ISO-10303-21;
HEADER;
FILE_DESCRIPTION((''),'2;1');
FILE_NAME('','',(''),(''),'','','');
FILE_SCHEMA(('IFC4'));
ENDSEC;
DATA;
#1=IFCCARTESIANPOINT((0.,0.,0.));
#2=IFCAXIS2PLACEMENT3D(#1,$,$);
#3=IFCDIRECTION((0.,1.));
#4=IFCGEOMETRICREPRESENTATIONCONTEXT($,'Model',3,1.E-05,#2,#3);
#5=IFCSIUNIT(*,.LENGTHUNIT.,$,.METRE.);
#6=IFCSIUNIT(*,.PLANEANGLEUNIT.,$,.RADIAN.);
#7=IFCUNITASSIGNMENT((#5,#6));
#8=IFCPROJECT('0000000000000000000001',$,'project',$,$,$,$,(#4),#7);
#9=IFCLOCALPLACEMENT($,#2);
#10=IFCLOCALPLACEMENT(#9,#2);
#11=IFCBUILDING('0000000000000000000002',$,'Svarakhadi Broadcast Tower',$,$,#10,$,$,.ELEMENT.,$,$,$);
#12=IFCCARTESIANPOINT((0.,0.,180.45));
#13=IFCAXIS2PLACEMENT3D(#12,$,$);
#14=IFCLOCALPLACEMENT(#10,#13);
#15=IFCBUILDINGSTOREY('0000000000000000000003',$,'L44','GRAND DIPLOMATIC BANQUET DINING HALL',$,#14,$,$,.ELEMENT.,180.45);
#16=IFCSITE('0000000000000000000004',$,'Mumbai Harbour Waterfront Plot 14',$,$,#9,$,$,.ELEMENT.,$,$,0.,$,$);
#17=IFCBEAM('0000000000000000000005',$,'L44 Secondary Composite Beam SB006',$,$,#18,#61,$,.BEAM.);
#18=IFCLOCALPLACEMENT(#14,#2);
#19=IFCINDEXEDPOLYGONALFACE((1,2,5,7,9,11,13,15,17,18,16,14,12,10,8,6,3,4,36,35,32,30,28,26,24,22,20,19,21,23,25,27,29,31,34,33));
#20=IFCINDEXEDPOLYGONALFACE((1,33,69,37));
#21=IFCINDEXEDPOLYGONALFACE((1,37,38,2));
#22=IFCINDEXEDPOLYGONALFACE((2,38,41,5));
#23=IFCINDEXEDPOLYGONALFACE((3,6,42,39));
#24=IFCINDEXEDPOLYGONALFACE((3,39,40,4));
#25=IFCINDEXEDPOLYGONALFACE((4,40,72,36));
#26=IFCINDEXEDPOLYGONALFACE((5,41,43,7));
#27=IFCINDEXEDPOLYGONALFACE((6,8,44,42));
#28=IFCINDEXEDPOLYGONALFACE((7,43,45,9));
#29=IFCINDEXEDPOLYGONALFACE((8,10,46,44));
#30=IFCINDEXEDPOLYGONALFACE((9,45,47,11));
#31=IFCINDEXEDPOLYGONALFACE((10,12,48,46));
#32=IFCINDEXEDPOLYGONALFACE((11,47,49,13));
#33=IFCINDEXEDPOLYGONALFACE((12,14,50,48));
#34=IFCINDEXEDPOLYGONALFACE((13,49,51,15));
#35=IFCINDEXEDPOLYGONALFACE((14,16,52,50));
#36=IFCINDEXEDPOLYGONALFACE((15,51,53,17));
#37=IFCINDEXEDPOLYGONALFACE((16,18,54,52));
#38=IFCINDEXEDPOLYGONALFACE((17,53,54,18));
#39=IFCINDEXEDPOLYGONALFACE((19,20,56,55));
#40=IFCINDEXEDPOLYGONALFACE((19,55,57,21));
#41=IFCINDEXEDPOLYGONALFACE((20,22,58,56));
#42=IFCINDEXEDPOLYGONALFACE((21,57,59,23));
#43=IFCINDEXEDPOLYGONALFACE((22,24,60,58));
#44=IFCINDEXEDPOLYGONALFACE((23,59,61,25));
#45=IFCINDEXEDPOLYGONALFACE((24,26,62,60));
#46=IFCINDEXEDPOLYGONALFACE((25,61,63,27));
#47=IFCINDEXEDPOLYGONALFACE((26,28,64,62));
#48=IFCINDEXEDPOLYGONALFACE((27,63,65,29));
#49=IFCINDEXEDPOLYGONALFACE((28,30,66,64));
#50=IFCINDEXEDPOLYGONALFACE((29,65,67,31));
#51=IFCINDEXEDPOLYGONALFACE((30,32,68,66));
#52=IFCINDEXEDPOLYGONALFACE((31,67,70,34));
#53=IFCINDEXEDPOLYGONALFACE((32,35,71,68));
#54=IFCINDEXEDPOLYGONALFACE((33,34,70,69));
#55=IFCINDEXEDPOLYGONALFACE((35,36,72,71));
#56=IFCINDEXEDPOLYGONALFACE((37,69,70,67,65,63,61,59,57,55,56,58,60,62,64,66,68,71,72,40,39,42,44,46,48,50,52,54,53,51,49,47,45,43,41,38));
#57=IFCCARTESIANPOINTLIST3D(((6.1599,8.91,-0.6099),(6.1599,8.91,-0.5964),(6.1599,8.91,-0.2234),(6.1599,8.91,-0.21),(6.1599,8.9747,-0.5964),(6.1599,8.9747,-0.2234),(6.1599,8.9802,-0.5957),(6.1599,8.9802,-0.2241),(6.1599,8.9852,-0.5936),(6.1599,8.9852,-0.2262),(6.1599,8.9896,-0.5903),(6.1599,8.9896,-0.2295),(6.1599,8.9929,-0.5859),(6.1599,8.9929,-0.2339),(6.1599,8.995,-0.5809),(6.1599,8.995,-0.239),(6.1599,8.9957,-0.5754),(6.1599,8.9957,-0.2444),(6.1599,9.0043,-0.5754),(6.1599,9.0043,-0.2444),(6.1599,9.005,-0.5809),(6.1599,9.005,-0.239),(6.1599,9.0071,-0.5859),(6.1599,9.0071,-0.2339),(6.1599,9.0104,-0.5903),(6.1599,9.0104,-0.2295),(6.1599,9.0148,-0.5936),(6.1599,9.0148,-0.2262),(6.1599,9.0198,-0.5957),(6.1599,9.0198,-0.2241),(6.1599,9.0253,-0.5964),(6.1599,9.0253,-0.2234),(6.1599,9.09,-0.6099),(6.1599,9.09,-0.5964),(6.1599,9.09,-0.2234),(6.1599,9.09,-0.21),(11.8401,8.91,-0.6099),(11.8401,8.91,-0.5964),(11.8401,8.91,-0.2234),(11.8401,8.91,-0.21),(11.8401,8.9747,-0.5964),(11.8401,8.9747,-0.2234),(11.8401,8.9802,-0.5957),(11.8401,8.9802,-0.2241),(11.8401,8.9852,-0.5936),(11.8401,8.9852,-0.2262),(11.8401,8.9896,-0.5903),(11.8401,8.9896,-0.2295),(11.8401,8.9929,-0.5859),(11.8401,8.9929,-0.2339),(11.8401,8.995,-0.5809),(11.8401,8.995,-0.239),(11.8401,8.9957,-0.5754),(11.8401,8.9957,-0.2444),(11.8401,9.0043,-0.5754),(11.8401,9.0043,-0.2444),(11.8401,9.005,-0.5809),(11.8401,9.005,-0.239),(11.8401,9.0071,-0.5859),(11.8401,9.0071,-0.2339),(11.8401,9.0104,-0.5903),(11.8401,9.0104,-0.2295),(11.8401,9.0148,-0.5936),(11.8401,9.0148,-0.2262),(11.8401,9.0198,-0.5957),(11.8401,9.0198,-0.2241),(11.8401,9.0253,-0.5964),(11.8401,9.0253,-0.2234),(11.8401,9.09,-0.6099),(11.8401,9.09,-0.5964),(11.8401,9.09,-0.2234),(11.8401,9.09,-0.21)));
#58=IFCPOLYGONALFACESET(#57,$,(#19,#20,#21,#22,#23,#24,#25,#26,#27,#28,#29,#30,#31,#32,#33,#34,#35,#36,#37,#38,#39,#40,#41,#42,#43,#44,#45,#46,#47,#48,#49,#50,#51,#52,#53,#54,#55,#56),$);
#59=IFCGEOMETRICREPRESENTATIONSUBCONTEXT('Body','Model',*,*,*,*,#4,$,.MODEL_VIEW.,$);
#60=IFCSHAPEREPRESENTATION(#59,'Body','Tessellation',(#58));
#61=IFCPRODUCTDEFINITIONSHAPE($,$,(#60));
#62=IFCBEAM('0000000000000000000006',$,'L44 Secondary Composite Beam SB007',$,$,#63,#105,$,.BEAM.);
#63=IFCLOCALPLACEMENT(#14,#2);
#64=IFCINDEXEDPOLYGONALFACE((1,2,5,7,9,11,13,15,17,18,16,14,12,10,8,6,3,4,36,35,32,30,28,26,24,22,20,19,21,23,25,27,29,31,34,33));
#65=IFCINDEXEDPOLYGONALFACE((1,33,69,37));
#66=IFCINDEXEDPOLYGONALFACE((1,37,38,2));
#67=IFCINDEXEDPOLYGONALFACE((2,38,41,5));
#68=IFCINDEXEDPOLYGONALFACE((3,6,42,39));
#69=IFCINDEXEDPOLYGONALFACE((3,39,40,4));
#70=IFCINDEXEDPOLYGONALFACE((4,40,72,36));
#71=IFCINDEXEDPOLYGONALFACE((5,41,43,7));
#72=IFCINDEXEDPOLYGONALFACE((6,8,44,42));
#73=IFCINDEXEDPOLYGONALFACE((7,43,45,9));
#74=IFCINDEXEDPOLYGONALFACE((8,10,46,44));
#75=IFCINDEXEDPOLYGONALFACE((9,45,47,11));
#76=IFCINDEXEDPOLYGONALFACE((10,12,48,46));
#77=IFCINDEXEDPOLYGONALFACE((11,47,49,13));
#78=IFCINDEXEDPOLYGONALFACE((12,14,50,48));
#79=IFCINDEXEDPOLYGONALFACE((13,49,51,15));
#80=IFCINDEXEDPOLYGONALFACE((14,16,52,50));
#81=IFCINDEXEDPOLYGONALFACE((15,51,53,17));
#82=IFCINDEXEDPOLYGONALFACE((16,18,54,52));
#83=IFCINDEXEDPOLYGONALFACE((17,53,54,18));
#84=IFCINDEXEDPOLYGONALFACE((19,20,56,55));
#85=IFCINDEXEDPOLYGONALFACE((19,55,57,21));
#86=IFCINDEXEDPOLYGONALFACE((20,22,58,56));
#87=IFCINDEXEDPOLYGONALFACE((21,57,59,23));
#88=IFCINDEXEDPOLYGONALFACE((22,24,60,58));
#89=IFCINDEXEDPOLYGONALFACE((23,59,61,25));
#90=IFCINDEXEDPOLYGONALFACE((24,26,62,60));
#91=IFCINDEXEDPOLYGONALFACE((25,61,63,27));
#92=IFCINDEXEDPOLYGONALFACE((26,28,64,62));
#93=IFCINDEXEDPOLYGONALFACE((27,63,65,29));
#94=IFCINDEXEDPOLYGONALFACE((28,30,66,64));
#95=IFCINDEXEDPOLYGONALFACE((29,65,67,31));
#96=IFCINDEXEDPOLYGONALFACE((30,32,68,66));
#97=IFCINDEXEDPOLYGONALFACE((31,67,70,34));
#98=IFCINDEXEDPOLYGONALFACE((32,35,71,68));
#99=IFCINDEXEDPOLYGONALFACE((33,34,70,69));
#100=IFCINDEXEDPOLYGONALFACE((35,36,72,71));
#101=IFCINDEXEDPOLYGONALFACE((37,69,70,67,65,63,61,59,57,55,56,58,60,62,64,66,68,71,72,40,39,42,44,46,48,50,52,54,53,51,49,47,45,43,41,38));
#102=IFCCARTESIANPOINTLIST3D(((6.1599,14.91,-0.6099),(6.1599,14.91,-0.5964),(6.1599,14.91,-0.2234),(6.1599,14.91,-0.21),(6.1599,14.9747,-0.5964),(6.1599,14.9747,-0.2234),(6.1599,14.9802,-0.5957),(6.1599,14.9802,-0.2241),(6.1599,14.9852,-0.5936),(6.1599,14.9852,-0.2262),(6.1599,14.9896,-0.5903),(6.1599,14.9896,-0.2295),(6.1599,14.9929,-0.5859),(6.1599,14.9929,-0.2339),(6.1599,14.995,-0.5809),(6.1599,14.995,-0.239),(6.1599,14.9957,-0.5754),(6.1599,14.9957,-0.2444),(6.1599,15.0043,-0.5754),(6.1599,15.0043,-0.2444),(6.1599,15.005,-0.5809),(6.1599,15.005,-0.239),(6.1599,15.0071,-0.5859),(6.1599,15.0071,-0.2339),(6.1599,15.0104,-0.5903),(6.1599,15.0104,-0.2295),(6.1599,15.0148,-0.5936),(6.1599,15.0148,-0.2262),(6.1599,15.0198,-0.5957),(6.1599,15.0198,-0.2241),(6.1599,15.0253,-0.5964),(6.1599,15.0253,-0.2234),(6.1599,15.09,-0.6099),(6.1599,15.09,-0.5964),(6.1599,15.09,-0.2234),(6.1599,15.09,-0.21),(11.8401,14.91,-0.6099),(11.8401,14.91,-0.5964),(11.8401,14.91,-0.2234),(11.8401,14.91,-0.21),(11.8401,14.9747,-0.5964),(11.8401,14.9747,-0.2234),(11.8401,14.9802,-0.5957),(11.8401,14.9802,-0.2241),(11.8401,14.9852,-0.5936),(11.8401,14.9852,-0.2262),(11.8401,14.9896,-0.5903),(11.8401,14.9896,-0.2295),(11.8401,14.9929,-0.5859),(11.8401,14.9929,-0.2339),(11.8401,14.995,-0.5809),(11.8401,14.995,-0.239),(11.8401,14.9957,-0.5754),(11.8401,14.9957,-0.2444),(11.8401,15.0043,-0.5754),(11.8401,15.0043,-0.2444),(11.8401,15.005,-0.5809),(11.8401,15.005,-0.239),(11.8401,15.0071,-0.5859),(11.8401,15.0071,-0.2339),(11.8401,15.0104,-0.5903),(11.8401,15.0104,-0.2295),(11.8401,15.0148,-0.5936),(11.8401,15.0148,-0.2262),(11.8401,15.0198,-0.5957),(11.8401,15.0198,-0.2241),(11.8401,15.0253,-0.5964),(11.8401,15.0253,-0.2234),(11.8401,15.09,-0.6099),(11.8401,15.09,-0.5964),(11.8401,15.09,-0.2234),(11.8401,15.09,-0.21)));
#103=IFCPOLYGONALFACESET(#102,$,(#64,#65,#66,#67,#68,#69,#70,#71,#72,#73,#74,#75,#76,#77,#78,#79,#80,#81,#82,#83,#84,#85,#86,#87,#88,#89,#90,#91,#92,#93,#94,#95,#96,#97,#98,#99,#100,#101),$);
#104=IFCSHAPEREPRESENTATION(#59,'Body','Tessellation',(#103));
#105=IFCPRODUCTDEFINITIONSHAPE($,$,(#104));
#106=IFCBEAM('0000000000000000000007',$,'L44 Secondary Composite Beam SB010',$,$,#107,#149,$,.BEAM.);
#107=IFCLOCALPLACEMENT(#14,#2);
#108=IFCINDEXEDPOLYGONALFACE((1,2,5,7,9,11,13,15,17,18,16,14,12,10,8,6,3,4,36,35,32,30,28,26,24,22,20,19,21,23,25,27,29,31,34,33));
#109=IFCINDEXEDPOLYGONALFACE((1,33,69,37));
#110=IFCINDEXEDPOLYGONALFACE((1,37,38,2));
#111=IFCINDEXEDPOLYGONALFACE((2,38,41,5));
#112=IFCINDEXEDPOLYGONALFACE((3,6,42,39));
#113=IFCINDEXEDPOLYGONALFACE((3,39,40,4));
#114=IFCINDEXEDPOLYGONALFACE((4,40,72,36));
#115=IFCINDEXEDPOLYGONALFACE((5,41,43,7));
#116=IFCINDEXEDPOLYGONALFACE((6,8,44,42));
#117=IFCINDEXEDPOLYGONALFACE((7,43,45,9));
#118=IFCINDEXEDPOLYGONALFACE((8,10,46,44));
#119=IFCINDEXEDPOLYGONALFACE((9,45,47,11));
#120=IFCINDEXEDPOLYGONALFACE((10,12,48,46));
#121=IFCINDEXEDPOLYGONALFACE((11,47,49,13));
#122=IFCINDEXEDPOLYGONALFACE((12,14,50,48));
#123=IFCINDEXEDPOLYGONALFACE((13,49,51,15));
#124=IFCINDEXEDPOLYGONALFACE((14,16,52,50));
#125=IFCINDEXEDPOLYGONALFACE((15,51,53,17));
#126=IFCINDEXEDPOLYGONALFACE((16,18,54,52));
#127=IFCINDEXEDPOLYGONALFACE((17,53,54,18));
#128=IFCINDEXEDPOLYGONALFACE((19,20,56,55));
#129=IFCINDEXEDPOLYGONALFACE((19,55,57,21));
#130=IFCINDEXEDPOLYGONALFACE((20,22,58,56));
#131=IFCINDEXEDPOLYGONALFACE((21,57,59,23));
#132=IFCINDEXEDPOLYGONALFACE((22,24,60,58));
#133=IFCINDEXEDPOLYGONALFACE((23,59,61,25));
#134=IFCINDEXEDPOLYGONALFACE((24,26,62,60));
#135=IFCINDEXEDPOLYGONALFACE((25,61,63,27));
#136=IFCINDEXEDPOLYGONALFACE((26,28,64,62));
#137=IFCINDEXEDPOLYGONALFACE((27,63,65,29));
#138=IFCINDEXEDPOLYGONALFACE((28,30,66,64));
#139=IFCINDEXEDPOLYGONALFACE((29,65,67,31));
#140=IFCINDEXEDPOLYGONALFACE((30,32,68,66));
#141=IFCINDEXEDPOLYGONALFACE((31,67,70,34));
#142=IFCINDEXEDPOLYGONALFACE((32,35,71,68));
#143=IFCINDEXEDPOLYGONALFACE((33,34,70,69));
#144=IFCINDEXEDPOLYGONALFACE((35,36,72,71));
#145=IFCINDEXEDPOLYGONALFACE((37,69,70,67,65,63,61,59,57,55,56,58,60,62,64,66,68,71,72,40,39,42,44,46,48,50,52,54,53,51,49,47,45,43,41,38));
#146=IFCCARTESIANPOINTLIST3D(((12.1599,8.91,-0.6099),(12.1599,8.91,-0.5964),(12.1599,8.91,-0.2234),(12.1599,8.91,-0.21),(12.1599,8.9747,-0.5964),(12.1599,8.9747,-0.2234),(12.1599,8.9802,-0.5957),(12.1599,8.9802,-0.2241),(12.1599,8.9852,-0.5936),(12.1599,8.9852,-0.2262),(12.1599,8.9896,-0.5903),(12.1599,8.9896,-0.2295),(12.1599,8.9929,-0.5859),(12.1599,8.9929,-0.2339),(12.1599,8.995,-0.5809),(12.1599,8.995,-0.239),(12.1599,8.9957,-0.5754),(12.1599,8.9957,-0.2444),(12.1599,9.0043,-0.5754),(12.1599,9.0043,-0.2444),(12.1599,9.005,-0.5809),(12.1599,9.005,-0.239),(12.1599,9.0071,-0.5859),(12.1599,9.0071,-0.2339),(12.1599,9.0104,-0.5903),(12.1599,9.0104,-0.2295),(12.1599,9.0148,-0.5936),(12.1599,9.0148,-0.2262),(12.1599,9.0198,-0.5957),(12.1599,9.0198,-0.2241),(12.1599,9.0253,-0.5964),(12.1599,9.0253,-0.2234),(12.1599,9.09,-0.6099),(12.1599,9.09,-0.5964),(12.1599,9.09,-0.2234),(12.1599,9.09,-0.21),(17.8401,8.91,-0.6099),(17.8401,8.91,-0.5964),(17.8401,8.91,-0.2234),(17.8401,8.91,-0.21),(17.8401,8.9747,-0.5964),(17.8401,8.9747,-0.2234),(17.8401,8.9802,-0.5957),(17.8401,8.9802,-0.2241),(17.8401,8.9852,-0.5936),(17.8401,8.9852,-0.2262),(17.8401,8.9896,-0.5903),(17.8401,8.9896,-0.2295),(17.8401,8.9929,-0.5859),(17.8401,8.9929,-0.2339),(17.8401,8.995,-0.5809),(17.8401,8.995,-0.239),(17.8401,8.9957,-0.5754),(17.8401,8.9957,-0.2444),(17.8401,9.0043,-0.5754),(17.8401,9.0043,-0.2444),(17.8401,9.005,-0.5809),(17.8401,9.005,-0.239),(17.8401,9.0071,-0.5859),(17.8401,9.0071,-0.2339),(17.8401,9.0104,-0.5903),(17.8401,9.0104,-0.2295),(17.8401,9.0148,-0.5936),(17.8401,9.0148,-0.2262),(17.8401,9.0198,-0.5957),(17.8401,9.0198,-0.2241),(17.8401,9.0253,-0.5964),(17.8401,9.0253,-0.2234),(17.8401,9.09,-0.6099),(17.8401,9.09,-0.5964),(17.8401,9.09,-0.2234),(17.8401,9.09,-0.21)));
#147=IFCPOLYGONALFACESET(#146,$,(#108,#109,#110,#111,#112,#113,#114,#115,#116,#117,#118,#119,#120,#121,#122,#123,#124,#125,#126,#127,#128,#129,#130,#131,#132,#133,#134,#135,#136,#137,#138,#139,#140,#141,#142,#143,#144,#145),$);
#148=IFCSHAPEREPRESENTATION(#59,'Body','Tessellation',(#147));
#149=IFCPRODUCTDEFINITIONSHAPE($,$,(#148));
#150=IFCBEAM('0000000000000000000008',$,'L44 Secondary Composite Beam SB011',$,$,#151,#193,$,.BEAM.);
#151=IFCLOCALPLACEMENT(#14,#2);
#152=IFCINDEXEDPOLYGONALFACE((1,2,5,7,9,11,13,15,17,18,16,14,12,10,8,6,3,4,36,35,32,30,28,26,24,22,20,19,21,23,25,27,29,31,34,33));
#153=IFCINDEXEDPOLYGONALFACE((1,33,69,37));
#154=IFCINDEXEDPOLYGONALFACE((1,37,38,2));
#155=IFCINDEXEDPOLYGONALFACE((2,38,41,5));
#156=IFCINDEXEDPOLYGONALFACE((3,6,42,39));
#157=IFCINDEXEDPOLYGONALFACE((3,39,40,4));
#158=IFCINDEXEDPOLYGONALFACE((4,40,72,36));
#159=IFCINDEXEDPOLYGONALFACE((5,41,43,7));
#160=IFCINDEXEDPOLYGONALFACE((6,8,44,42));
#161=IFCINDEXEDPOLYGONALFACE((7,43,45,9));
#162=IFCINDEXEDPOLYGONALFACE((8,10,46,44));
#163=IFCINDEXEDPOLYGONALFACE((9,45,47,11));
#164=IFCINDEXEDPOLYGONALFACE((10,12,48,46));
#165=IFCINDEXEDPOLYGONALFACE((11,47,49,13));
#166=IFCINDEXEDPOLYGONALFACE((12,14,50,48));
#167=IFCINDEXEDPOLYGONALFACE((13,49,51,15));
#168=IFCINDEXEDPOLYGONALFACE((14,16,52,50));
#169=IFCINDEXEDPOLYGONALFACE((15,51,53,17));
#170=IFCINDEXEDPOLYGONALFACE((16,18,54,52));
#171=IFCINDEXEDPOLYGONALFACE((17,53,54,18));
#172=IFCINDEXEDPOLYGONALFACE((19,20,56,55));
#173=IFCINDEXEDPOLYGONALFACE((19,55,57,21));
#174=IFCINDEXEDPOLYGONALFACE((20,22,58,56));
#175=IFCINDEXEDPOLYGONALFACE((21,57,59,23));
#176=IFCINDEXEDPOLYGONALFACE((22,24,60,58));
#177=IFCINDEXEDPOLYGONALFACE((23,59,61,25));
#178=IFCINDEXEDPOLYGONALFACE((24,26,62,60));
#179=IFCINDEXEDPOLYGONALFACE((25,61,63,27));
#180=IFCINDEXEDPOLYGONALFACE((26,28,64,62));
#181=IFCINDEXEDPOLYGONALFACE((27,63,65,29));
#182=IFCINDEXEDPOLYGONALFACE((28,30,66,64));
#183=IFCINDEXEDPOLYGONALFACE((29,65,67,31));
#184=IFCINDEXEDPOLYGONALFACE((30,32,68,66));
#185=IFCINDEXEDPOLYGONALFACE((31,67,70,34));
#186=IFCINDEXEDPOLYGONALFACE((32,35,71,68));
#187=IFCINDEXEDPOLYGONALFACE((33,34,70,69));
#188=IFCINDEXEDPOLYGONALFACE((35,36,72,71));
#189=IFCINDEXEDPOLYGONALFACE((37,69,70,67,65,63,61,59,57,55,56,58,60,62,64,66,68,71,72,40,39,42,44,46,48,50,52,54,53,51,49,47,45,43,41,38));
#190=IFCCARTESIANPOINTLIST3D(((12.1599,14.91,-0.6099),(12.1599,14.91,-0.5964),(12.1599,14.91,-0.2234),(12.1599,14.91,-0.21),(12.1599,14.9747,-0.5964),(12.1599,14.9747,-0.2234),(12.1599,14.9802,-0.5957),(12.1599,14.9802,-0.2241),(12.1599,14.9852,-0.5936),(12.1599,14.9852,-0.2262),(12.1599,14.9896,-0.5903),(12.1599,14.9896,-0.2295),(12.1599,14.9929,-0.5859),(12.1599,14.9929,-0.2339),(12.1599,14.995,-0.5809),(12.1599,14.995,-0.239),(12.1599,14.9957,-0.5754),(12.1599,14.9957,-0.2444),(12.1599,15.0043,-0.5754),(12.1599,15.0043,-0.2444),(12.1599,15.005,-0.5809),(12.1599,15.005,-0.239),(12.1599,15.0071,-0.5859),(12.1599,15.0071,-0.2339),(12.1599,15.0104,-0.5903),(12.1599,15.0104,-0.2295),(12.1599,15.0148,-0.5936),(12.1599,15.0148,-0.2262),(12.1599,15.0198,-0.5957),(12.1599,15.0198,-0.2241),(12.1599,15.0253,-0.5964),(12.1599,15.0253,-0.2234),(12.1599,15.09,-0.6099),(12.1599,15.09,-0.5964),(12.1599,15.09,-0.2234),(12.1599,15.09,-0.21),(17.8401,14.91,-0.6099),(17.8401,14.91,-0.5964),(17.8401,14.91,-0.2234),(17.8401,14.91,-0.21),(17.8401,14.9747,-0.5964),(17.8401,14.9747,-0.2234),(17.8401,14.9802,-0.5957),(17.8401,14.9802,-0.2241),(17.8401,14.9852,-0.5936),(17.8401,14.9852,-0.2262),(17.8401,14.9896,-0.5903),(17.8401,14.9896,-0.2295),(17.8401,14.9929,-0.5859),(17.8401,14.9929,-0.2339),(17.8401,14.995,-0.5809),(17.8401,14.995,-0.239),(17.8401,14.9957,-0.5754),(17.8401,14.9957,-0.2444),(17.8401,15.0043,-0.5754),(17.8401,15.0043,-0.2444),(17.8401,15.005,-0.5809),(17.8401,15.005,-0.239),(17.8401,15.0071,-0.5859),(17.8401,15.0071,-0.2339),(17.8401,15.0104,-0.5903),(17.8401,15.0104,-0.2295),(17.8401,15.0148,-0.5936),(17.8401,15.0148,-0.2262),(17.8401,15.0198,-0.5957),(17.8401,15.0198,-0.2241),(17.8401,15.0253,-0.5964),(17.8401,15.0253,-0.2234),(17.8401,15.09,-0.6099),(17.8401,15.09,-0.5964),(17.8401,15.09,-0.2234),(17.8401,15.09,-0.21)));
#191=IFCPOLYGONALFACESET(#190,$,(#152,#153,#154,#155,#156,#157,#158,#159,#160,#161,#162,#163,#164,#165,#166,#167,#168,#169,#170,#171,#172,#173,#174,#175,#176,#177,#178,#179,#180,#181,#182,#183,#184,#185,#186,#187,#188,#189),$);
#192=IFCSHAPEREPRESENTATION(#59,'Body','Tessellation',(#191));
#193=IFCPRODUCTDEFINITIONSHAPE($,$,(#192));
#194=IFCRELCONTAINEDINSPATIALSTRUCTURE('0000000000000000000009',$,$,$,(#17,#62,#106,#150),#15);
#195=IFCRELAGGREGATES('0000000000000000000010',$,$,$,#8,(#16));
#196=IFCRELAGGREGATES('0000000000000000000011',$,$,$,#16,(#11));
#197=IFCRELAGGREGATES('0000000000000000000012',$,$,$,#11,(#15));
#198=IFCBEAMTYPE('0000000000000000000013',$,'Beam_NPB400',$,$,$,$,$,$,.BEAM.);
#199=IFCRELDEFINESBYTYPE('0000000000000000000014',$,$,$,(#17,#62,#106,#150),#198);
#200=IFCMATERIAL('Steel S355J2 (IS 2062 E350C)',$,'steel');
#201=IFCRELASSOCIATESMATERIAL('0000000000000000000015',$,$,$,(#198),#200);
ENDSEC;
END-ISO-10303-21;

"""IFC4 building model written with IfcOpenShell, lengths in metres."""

from ifc_helpers import new_model, si_unit, direction, frame, origin, origin_2d, place, context, subcontext, project, spatial, i_section, extrude, material, material_profile, profile_set, type_object, element, save


model = new_model("IFC4")

# Units and contexts
model_context = context("Model", 3, precision=1e-05, world=origin(), true_north=direction((0.0, 1.0)))
body_context = subcontext(model_context, "Body", "Model", "MODEL_VIEW")
ifc_project = project(units=[si_unit("LENGTHUNIT", "METRE"), si_unit("PLANEANGLEUNIT", "RADIAN")], contexts=[model_context])

# Site, building, storey
site_placement = place(None, origin())
site = spatial("IfcSite", under=ifc_project, at=site_placement, Name="Mumbai Harbour Waterfront Plot 14", CompositionType="ELEMENT", RefElevation=0.0)
building_placement = place(site_placement, origin())
building = spatial("IfcBuilding", under=site, at=building_placement, Name="Svarakhadi Broadcast Tower", CompositionType="ELEMENT")
storey_placement = place(building_placement, frame((0.0, 0.0, 180.45)))
storey = spatial("IfcBuildingStorey", under=building, at=storey_placement, Name="L44", Description="GRAND DIPLOMATIC BANQUET DINING HALL", CompositionType="ELEMENT", Elevation=180.45)

# Beams
ifc_material_1 = material(Name="Steel S355J2 (IS 2062 E350C)", Category="steel")
ifc_material_profile_1 = material_profile(ifc_material_1, i_section(OverallWidth=0.1799, OverallDepth=0.3999, WebThickness=0.0085, FlangeThickness=0.0134, FilletRadius=0.021, at=origin_2d()), Name="NPB 400x180x66")
ifc_profile_set_1 = profile_set([ifc_material_profile_1], Name="Steel S355J2 (IS 2062 E350C)")
beam_type_1 = type_object("IfcBeamType", Name="Beam_NPB400", PredefinedType="BEAM", material=ifc_profile_set_1)
for number, where, z_axis, x_axis, name in (
    (1, (6.1599, 9.0, -0.4099), (1.0, 0.0, 0.0), (0.0, 1.0, 0.0), "L44 Secondary Composite Beam SB006"),
    (2, (6.1599, 15.0, -0.4099), (1.0, 0.0, 0.0), (0.0, 1.0, 0.0), "L44 Secondary Composite Beam SB007"),
    (3, (12.1599, 9.0, -0.4099), (1.0, 0.0, 0.0), (0.0, 1.0, 0.0), "L44 Secondary Composite Beam SB010"),
    (4, (12.1599, 15.0, -0.4099), (1.0, 0.0, 0.0), (0.0, 1.0, 0.0), "L44 Secondary Composite Beam SB011"),
):
    element("IfcBeam", number, at=place(storey_placement, frame(where, z_axis=z_axis, x_axis=x_axis)), inside=storey, type_object=beam_type_1, Name=name, PredefinedType="BEAM", context=body_context, shape_type="SweptSolid", body=[
        extrude(i_section(OverallWidth=0.1799, OverallDepth=0.3999, WebThickness=0.0085, FlangeThickness=0.0134, FilletRadius=0.021, at=origin_2d()), origin(), (0.0, 0.0, 1.0), 5.6802),
    ])

save(model, "model.ifc")
